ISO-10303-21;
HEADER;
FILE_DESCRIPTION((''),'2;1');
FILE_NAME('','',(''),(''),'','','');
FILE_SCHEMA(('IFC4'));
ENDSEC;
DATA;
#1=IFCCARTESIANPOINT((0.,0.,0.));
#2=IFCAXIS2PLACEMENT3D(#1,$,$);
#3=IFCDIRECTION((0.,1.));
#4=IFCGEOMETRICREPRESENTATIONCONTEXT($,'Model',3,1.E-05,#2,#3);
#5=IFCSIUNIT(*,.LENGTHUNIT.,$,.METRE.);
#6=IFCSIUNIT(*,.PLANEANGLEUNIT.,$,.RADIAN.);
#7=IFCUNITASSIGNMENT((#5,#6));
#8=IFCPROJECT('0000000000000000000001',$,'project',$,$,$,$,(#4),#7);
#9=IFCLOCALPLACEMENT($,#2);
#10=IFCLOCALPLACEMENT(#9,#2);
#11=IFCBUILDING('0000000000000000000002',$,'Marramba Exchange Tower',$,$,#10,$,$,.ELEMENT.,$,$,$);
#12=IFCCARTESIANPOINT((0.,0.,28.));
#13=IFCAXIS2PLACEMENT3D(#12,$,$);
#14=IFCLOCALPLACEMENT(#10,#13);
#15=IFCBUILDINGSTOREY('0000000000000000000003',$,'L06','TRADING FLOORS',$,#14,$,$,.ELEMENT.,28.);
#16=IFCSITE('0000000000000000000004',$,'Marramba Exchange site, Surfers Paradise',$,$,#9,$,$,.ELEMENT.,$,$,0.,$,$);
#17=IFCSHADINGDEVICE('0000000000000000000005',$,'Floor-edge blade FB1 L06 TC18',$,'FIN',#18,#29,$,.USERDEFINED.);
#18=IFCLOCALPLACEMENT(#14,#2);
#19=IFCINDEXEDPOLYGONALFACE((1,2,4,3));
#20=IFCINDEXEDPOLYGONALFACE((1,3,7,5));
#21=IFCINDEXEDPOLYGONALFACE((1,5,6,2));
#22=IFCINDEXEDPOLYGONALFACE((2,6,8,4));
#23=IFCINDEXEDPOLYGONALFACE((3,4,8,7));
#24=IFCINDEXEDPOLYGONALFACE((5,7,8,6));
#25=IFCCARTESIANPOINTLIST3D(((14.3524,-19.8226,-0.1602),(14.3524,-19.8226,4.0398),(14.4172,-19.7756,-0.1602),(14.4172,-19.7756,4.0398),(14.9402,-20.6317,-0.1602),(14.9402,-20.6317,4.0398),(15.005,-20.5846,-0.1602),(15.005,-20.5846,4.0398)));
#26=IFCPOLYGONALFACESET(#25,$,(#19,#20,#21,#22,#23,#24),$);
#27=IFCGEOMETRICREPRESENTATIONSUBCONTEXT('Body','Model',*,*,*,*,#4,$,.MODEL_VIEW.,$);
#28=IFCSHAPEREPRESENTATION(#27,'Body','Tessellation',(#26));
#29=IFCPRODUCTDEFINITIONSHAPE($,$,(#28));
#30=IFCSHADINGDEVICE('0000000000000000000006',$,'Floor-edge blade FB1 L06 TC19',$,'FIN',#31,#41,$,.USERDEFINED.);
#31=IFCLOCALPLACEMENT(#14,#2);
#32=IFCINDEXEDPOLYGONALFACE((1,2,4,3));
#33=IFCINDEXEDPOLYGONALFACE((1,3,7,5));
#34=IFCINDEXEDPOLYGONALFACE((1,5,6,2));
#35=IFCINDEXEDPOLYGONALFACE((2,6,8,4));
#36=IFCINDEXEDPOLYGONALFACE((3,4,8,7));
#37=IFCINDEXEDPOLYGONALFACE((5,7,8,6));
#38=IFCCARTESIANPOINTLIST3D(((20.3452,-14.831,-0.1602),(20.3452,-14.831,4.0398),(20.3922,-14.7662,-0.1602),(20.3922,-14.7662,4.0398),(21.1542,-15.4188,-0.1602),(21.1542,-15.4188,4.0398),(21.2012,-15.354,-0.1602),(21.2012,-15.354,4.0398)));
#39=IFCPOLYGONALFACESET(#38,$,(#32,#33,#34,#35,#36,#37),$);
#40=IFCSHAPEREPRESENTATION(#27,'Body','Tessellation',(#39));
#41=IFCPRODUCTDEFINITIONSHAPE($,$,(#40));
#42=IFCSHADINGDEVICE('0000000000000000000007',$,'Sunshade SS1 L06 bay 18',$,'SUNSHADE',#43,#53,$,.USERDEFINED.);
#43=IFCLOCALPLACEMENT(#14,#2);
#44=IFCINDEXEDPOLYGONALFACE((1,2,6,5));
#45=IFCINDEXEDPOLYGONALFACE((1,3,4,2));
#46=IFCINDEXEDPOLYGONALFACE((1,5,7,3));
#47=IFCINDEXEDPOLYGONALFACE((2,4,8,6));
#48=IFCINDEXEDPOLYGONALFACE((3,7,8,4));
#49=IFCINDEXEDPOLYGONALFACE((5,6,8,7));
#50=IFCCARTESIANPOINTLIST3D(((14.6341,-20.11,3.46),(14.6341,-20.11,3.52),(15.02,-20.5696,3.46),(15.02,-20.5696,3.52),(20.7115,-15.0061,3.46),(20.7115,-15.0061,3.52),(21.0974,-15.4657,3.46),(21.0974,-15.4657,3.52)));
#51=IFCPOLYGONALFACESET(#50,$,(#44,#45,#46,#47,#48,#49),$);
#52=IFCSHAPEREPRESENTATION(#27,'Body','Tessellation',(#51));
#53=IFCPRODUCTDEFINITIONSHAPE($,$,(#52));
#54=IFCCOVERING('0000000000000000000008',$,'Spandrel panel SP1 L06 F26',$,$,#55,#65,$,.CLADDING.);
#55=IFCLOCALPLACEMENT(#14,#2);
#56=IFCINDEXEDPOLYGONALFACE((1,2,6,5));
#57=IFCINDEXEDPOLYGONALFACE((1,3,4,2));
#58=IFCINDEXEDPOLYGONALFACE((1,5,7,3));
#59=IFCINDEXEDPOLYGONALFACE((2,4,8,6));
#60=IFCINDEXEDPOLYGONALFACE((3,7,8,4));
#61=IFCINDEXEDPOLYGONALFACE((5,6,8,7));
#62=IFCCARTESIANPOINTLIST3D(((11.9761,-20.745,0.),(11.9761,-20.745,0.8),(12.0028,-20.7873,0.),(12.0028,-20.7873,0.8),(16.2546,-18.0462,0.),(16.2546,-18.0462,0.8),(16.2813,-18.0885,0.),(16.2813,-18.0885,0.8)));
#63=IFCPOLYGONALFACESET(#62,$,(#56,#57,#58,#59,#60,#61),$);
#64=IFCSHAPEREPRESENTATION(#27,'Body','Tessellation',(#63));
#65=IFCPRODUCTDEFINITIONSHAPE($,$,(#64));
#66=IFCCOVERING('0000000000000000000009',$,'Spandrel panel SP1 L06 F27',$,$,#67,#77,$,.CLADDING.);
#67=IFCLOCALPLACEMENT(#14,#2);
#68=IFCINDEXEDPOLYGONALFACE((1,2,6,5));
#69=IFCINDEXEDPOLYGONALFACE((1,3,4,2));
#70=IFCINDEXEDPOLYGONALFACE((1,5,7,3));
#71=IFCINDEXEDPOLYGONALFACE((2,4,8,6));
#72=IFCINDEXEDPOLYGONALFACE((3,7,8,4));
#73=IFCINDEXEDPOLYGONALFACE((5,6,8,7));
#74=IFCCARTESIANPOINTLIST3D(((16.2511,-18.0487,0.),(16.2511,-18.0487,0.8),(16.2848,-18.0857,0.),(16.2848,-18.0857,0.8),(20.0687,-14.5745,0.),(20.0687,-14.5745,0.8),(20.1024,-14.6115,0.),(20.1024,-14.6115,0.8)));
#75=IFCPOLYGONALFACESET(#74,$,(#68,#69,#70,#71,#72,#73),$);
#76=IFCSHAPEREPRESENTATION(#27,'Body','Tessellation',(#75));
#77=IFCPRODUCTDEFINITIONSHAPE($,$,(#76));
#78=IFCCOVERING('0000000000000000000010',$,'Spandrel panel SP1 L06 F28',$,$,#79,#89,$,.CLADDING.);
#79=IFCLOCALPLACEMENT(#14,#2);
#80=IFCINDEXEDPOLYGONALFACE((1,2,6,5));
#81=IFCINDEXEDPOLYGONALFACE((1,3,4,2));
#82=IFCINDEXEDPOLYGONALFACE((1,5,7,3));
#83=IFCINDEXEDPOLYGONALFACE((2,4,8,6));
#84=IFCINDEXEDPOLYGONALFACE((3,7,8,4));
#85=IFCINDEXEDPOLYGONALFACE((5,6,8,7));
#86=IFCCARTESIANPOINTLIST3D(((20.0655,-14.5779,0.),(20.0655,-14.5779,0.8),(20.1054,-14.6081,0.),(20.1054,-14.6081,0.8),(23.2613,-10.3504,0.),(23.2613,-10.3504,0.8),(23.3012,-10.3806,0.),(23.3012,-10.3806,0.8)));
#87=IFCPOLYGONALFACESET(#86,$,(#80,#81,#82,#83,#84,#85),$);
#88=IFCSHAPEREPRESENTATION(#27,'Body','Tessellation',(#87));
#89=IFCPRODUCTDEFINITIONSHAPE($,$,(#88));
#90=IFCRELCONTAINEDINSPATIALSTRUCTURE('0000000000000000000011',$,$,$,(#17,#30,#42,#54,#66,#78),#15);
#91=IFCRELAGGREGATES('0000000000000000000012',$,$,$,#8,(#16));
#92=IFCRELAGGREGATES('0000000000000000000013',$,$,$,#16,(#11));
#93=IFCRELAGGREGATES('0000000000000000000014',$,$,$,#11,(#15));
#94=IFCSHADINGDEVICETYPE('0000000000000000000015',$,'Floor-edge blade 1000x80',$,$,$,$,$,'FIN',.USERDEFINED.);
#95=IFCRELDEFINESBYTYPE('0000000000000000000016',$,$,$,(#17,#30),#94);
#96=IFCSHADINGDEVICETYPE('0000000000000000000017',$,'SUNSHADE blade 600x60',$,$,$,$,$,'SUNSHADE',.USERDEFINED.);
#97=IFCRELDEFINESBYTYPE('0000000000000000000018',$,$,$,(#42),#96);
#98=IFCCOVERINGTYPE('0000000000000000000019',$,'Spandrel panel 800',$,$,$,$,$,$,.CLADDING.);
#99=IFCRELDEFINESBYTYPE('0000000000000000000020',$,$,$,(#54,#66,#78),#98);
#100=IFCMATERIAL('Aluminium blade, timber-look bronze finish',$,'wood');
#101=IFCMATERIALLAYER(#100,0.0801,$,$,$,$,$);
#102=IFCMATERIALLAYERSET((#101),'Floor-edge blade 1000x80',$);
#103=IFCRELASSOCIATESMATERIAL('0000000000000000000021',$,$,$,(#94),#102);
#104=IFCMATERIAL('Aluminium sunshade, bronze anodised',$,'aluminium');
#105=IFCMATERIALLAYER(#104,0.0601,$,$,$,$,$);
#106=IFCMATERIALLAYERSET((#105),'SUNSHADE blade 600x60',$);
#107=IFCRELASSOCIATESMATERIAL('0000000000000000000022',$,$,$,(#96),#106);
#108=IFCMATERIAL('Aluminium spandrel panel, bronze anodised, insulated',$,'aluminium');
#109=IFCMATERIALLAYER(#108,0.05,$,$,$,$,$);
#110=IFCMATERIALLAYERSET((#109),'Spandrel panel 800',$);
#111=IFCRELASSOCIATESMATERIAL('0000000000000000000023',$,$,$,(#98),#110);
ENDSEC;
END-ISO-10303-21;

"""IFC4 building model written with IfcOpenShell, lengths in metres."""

from ifc_helpers import new_model, si_unit, direction, frame, origin, origin_2d, place, context, subcontext, project, spatial, rectangle, extrude, material, layer, layer_set, type_object, element, save


model = new_model("IFC4")

# Units and contexts
model_context = context("Model", 3, precision=1e-05, world=origin(), true_north=direction((0.0, 1.0)))
body_context = subcontext(model_context, "Body", "Model", "MODEL_VIEW")
ifc_project = project(units=[si_unit("LENGTHUNIT", "METRE"), si_unit("PLANEANGLEUNIT", "RADIAN")], contexts=[model_context])

# Site, building, storey
site_placement = place(None, origin())
site = spatial("IfcSite", under=ifc_project, at=site_placement, Name="Marramba Exchange site, Surfers Paradise", CompositionType="ELEMENT", RefElevation=0.0)
building_placement = place(site_placement, origin())
building = spatial("IfcBuilding", under=site, at=building_placement, Name="Marramba Exchange Tower", CompositionType="ELEMENT")
storey_placement = place(building_placement, frame((0.0, 0.0, 28.0)))
storey = spatial("IfcBuildingStorey", under=building, at=storey_placement, Name="L06", Description="TRADING FLOORS", CompositionType="ELEMENT", Elevation=28.0)

# Shading devices
ifc_material_1 = material(Name="Aluminium blade, timber-look bronze finish", Category="wood")
ifc_layer_1 = layer(ifc_material_1, 0.0801)
ifc_layer_set_1 = layer_set([ifc_layer_1], Name="Floor-edge blade 1000x80")
shading_device_type_1 = type_object("IfcShadingDeviceType", Name="Floor-edge blade 1000x80", ElementType="FIN", PredefinedType="USERDEFINED", material=ifc_layer_set_1)
for number, where, z_axis, x_axis, name in (
    (1, (14.6787, -20.2036, -0.1602), (0.0, 0.0, 1.0), (0.587785, -0.809017, 0.0), "Floor-edge blade FB1 L06 TC18"),
    (2, (20.7732, -15.0925, -0.1602), (0.0, 0.0, 1.0), (0.809017, -0.587785, 0.0), "Floor-edge blade FB1 L06 TC19"),
):
    element("IfcShadingDevice", number, at=place(storey_placement, frame(where, z_axis=z_axis, x_axis=x_axis)), inside=storey, type_object=shading_device_type_1, Name=name, ObjectType="FIN", PredefinedType="USERDEFINED", context=body_context, shape_type="SweptSolid", body=[
        extrude(rectangle(XDim=1.0, YDim=0.0801, at=origin_2d()), origin(), (0.0, 0.0, 1.0), 4.2),
    ])
ifc_material_2 = material(Name="Aluminium sunshade, bronze anodised", Category="aluminium")
ifc_layer_2 = layer(ifc_material_2, 0.0601)
ifc_layer_set_2 = layer_set([ifc_layer_2], Name="SUNSHADE blade 600x60")
shading_device_type_2 = type_object("IfcShadingDeviceType", Name="SUNSHADE blade 600x60", ElementType="SUNSHADE", PredefinedType="USERDEFINED", material=ifc_layer_set_2)
shading_device_placement = place(storey_placement, frame((17.8657, -17.7878, 3.46), z_axis=(0.0, 0.0, 1.0), x_axis=(0.765776, 0.643107, 0.0)))
element("IfcShadingDevice", 3, at=shading_device_placement, inside=storey, type_object=shading_device_type_2, Name="Sunshade SS1 L06 bay 18", ObjectType="SUNSHADE", PredefinedType="USERDEFINED", context=body_context, shape_type="SweptSolid", body=[
    extrude(rectangle(XDim=7.9363, YDim=0.6001, at=origin_2d()), origin(), (0.0, 0.0, 1.0), 0.0601),
])

# Coverings
ifc_material_3 = material(Name="Aluminium spandrel panel, bronze anodised, insulated", Category="aluminium")
ifc_layer_3 = layer(ifc_material_3, 0.05)
ifc_layer_set_3 = layer_set([ifc_layer_3], Name="Spandrel panel 800")
covering_type = type_object("IfcCoveringType", Name="Spandrel panel 800", PredefinedType="CLADDING", material=ifc_layer_set_3)
covering_1_placement = place(storey_placement, frame((14.1287, -19.4167, 0.0), z_axis=(0.0, 0.0, 1.0), x_axis=(0.845791, 0.533515, 0.0)))
element("IfcCovering", 4, at=covering_1_placement, inside=storey, type_object=covering_type, Name="Spandrel panel SP1 L06 F26", PredefinedType="CLADDING", context=body_context, shape_type="SweptSolid", body=[
    extrude(rectangle(XDim=5.0586, YDim=0.05, at=origin_2d()), origin(), (0.0, 0.0, 1.0), 0.8),
])
covering_2_placement = place(storey_placement, frame((18.1768, -16.3301, 0.0), z_axis=(0.0, 0.0, 1.0), x_axis=(0.73959, 0.673058, 0.0)))
element("IfcCovering", 5, at=covering_2_placement, inside=storey, type_object=covering_type, Name="Spandrel panel SP1 L06 F27", PredefinedType="CLADDING", context=body_context, shape_type="SweptSolid", body=[
    extrude(rectangle(XDim=5.1619, YDim=0.05, at=origin_2d()), origin(), (0.0, 0.0, 1.0), 0.8),
])
covering_3_placement = place(storey_placement, frame((21.6833, -12.4792, 0.0), z_axis=(0.0, 0.0, 1.0), x_axis=(0.60304, 0.797711, 0.0)))
element("IfcCovering", 6, at=covering_3_placement, inside=storey, type_object=covering_type, Name="Spandrel panel SP1 L06 F28", PredefinedType="CLADDING", context=body_context, shape_type="SweptSolid", body=[
    extrude(rectangle(XDim=5.2996, YDim=0.05, at=origin_2d()), origin(), (0.0, 0.0, 1.0), 0.8),
])

save(model, "model.ifc")
